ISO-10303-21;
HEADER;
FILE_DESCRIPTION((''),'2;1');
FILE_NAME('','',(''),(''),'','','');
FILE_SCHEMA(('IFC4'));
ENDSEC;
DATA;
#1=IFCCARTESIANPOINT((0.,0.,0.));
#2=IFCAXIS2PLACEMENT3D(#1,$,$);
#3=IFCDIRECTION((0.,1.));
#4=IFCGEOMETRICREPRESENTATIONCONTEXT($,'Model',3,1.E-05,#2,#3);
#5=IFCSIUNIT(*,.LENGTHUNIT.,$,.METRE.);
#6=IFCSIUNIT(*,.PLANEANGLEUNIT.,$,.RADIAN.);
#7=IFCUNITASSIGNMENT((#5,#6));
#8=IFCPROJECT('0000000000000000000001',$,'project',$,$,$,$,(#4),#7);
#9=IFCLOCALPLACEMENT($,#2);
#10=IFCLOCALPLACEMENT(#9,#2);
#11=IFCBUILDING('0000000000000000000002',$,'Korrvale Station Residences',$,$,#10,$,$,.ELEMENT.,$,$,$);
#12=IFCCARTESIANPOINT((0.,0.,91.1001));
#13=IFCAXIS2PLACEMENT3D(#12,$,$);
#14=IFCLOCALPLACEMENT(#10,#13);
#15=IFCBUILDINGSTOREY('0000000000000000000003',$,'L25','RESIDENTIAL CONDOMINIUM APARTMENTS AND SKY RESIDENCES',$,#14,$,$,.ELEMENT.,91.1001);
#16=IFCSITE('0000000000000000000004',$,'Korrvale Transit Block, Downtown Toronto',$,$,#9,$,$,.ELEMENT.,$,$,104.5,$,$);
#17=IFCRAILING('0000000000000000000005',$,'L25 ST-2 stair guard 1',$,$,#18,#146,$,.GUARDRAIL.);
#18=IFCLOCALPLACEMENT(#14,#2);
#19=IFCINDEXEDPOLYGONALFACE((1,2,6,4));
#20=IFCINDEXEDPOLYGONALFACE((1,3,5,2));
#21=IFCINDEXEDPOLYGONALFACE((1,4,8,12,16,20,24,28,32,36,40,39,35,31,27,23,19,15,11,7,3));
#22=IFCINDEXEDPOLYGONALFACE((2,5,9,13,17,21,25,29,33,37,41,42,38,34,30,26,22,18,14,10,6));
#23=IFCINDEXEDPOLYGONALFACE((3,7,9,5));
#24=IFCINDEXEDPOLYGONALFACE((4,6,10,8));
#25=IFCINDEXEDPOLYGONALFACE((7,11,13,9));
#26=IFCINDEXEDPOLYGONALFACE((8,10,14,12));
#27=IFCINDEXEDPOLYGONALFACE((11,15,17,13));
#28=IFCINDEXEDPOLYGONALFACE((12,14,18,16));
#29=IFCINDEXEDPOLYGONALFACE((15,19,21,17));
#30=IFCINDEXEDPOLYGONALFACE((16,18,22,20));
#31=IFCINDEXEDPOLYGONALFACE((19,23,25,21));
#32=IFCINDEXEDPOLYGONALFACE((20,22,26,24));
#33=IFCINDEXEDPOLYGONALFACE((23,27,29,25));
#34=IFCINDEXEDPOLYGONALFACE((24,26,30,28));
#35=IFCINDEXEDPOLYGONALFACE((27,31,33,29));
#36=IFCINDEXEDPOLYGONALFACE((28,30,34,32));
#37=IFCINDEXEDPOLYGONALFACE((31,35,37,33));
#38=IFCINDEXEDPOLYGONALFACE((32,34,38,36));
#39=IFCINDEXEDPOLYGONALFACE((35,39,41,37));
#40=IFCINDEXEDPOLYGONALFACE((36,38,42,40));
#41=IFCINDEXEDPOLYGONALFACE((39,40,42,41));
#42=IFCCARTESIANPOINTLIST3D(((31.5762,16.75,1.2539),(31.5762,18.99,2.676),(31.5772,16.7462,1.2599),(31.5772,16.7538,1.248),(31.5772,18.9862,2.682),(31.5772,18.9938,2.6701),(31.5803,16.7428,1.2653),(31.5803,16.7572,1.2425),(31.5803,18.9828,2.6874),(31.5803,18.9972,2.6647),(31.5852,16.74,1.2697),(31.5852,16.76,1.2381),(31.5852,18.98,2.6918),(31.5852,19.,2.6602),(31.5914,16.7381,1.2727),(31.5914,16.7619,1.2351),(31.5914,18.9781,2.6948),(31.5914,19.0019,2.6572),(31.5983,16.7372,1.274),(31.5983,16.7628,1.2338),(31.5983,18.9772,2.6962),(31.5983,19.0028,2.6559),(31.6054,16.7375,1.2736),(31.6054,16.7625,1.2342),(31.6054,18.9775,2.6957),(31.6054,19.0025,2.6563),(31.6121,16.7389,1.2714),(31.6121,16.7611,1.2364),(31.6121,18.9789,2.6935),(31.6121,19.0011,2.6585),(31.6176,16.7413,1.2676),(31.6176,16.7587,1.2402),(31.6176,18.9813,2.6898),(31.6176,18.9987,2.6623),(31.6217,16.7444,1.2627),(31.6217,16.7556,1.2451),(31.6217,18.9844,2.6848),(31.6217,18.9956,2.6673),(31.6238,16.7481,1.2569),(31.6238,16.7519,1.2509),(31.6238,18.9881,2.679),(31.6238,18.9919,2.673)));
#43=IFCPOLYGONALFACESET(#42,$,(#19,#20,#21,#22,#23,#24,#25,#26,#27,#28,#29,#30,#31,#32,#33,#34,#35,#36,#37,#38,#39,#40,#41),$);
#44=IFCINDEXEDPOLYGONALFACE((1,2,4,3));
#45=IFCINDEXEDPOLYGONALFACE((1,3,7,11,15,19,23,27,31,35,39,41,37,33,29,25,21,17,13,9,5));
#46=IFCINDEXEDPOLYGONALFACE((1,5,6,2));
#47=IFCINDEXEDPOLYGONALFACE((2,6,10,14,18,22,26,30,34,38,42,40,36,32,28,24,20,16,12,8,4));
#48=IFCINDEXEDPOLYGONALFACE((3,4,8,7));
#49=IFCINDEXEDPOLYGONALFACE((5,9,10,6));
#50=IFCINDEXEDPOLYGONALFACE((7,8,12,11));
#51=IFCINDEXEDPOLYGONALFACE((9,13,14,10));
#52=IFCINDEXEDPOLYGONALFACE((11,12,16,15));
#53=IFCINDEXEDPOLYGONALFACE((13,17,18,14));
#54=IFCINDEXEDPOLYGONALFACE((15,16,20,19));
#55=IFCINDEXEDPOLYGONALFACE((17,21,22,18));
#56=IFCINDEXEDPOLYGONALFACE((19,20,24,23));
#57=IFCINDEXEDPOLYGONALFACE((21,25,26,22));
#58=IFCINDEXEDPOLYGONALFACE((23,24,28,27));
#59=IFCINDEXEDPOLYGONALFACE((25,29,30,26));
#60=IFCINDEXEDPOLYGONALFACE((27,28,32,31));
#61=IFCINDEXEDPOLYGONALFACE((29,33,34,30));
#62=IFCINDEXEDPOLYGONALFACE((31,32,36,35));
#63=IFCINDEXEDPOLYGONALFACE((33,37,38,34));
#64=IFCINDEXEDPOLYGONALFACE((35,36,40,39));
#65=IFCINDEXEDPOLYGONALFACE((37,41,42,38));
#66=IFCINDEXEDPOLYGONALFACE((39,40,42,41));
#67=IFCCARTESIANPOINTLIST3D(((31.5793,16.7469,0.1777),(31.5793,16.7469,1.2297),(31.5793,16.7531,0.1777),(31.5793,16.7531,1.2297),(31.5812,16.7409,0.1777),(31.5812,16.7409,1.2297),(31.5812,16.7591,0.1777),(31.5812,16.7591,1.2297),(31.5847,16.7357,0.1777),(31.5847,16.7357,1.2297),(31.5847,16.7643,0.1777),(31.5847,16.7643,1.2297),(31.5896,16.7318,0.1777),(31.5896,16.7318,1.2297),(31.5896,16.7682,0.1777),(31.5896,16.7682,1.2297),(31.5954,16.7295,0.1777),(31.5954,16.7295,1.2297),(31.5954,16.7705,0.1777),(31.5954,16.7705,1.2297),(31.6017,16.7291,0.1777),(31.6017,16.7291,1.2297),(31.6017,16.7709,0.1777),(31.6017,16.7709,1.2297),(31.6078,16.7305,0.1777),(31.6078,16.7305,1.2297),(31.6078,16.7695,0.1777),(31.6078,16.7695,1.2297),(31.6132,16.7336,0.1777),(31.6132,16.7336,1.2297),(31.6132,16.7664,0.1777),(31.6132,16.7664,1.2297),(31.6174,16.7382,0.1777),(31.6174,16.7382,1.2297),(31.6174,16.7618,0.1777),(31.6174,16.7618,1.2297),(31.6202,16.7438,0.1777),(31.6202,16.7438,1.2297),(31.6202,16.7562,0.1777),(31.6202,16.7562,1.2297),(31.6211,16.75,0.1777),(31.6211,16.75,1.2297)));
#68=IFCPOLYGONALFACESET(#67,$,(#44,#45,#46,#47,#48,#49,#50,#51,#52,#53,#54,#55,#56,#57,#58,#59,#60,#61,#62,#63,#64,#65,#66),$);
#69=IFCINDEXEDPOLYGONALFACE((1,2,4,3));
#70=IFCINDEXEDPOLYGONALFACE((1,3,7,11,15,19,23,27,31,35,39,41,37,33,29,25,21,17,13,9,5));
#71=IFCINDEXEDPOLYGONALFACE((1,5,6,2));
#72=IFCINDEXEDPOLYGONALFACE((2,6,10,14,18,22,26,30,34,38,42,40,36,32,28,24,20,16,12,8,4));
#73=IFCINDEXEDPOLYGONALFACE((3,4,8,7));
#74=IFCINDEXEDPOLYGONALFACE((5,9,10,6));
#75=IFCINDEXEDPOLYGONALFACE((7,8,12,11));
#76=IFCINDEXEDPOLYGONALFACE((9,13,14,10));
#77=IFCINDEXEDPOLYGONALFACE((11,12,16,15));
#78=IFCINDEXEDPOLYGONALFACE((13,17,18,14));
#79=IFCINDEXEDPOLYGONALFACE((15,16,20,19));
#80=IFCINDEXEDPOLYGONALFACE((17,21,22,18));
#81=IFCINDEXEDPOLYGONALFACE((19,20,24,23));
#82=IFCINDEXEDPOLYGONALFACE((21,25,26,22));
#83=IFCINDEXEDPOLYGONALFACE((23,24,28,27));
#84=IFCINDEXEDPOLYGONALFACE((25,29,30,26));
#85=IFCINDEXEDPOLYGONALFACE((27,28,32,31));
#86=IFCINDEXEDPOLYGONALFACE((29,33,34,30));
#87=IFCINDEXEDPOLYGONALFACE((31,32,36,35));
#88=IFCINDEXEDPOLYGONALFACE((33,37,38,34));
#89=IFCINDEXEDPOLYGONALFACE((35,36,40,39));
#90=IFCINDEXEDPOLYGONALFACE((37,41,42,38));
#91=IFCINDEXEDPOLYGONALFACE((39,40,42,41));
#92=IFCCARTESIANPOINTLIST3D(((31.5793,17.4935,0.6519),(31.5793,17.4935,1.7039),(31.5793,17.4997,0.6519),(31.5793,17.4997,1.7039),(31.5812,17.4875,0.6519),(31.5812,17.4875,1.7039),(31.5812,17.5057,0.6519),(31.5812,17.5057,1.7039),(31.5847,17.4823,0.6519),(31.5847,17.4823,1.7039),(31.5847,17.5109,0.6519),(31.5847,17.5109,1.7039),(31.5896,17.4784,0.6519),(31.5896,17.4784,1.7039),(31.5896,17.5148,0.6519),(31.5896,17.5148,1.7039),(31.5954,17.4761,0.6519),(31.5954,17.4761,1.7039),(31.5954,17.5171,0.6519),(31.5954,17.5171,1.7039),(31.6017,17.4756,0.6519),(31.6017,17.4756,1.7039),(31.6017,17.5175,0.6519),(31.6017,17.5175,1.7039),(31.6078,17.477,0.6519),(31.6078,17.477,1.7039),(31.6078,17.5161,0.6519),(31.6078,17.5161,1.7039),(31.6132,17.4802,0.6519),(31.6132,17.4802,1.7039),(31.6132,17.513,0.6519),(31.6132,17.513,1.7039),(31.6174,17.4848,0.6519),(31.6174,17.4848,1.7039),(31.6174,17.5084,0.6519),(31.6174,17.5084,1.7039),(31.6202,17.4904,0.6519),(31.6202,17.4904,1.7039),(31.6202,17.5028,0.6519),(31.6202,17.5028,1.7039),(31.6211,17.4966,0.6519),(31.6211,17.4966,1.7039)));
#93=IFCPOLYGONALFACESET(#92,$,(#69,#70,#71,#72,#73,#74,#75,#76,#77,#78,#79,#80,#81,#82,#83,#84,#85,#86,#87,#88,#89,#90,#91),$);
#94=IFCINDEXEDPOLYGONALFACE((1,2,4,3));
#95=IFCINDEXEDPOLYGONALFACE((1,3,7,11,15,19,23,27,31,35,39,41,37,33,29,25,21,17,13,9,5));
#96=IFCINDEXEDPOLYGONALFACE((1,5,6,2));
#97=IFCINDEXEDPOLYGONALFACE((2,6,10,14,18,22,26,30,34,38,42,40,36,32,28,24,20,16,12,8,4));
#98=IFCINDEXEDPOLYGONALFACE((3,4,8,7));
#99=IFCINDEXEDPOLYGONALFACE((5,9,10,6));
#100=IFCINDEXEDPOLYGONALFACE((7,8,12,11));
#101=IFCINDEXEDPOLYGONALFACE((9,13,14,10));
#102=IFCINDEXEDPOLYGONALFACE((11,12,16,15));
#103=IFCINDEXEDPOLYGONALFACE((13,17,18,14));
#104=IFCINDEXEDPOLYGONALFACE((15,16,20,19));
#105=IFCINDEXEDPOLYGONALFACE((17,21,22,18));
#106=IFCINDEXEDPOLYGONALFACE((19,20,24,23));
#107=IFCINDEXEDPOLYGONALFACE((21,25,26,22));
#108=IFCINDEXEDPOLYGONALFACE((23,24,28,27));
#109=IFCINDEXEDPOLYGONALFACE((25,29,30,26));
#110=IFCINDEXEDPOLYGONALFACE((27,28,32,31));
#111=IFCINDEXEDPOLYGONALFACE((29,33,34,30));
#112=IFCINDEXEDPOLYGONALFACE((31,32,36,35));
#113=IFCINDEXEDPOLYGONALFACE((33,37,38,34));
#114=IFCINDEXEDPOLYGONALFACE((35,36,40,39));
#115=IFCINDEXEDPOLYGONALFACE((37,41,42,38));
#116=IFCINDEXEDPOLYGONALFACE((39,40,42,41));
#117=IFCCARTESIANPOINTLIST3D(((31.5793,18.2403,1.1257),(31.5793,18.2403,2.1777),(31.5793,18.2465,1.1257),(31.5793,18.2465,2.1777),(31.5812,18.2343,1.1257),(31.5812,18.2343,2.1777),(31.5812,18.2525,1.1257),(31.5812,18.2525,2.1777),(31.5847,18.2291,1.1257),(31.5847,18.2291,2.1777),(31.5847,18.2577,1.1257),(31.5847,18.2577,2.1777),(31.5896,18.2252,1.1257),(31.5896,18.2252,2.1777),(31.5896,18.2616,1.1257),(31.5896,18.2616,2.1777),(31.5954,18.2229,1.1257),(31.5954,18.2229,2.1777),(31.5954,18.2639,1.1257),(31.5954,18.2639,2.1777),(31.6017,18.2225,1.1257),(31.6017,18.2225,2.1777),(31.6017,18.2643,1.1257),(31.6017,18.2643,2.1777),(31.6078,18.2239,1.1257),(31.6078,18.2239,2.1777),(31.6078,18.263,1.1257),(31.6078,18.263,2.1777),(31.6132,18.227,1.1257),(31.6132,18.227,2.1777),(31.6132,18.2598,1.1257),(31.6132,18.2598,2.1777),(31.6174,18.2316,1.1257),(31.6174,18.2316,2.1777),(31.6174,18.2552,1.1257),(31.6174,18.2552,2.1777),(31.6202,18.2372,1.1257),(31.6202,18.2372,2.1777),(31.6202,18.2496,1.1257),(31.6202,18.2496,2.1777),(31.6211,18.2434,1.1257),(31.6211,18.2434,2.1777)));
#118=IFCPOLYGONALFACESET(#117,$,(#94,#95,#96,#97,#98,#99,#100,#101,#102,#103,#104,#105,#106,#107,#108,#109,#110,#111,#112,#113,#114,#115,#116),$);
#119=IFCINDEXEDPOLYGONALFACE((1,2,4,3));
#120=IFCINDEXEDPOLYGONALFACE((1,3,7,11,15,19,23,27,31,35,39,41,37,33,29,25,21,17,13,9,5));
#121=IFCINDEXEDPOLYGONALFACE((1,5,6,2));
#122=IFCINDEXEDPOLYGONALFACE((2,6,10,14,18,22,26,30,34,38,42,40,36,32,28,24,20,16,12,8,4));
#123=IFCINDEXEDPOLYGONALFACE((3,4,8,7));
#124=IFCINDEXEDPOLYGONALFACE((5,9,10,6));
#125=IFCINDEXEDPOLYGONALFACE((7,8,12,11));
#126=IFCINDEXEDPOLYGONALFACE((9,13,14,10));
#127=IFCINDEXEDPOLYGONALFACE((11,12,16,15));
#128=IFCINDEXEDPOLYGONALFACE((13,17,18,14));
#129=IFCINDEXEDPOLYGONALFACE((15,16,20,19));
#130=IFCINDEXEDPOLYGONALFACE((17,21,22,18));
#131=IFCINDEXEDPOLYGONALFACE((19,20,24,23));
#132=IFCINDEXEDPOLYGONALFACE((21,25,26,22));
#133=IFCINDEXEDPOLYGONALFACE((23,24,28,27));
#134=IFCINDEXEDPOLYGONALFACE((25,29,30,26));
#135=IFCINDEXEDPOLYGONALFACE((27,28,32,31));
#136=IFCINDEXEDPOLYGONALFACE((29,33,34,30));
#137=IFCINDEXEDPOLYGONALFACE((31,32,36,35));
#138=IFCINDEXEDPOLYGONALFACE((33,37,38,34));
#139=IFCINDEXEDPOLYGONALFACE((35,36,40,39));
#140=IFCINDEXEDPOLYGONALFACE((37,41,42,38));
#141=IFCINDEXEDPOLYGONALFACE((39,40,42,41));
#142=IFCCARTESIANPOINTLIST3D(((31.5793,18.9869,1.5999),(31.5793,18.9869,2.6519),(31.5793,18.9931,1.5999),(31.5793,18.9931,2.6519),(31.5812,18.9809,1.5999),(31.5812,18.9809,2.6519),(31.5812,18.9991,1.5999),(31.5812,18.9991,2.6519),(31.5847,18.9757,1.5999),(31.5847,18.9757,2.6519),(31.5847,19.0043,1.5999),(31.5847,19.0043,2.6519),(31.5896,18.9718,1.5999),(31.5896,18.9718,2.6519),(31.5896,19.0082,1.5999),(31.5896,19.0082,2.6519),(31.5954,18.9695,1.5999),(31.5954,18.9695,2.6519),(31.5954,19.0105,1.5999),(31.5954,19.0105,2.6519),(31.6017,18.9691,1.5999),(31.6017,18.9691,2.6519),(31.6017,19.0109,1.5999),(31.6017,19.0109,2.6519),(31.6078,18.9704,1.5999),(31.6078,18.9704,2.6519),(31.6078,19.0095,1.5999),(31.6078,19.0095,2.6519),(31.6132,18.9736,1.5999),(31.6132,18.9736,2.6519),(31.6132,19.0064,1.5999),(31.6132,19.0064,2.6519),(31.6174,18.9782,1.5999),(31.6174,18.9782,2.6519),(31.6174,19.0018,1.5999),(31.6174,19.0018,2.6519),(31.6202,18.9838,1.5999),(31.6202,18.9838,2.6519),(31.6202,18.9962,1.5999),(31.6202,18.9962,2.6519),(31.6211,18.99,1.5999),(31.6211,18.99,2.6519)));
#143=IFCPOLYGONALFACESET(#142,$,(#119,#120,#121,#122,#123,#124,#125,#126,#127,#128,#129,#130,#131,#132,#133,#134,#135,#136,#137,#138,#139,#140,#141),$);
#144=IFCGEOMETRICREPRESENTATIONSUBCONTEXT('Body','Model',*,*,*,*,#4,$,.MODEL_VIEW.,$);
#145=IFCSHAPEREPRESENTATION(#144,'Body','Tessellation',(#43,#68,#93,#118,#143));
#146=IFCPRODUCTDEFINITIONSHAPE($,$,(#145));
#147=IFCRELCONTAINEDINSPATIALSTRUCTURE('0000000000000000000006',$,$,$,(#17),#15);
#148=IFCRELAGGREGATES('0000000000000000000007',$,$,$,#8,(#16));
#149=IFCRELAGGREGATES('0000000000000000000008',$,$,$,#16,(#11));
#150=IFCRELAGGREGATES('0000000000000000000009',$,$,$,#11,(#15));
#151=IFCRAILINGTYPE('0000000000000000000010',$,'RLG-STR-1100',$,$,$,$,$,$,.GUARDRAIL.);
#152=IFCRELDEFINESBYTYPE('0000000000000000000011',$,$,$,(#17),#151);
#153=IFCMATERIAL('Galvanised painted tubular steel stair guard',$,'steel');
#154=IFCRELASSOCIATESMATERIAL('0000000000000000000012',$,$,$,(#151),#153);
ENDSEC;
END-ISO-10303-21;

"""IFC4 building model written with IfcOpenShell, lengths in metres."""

from ifc_helpers import new_model, si_unit, direction, frame, origin, origin_2d, place, context, subcontext, project, spatial, circle, extrude, material, type_object, element, save


model = new_model("IFC4")

# Units and contexts
model_context = context("Model", 3, precision=1e-05, world=origin(), true_north=direction((0.0, 1.0)))
body_context = subcontext(model_context, "Body", "Model", "MODEL_VIEW")
ifc_project = project(units=[si_unit("LENGTHUNIT", "METRE"), si_unit("PLANEANGLEUNIT", "RADIAN")], contexts=[model_context])

# Site, building, storey
site_placement = place(None, origin())
site = spatial("IfcSite", under=ifc_project, at=site_placement, Name="Korrvale Transit Block, Downtown Toronto", CompositionType="ELEMENT", RefElevation=104.5)
building_placement = place(site_placement, origin())
building = spatial("IfcBuilding", under=site, at=building_placement, Name="Korrvale Station Residences", CompositionType="ELEMENT")
storey_placement = place(building_placement, frame((0.0, 0.0, 91.1001)))
storey = spatial("IfcBuildingStorey", under=building, at=storey_placement, Name="L25", Description="RESIDENTIAL CONDOMINIUM APARTMENTS AND SKY RESIDENCES", CompositionType="ELEMENT", Elevation=91.1001)

# Railing
ifc_material_1 = material(Name="Galvanised painted tubular steel stair guard", Category="steel")
railing_type_1 = type_object("IfcRailingType", Name="RLG-STR-1100", PredefinedType="GUARDRAIL", material=ifc_material_1)
railing_1_placement = place(storey_placement, frame((31.6001, 16.75, 0.1777)))
element("IfcRailing", 1, at=railing_1_placement, inside=storey, type_object=railing_type_1, Name="L25 ST-2 stair guard 1", PredefinedType="GUARDRAIL", context=body_context, shape_type="SweptSolid", body=[
    extrude(circle(Radius=0.0239, at=origin_2d()), frame((0.0, 0.0, 1.0762), z_axis=(0.0, 0.844229, 0.535982), x_axis=(-1.0, 0.0, 0.0)), (0.0, 0.0, 1.0), 2.6533),
    extrude(circle(Radius=0.021, at=origin_2d()), origin(), (0.0, 0.0, 1.0), 1.052),
    extrude(circle(Radius=0.021, at=origin_2d()), frame((0.0, 0.7466, 0.4741)), (0.0, 0.0, 1.0), 1.052),
    extrude(circle(Radius=0.021, at=origin_2d()), frame((0.0, 1.4934, 0.948)), (0.0, 0.0, 1.0), 1.052),
    extrude(circle(Radius=0.021, at=origin_2d()), frame((0.0, 2.24, 1.4221)), (0.0, 0.0, 1.0), 1.052),
])

save(model, "model.ifc")
